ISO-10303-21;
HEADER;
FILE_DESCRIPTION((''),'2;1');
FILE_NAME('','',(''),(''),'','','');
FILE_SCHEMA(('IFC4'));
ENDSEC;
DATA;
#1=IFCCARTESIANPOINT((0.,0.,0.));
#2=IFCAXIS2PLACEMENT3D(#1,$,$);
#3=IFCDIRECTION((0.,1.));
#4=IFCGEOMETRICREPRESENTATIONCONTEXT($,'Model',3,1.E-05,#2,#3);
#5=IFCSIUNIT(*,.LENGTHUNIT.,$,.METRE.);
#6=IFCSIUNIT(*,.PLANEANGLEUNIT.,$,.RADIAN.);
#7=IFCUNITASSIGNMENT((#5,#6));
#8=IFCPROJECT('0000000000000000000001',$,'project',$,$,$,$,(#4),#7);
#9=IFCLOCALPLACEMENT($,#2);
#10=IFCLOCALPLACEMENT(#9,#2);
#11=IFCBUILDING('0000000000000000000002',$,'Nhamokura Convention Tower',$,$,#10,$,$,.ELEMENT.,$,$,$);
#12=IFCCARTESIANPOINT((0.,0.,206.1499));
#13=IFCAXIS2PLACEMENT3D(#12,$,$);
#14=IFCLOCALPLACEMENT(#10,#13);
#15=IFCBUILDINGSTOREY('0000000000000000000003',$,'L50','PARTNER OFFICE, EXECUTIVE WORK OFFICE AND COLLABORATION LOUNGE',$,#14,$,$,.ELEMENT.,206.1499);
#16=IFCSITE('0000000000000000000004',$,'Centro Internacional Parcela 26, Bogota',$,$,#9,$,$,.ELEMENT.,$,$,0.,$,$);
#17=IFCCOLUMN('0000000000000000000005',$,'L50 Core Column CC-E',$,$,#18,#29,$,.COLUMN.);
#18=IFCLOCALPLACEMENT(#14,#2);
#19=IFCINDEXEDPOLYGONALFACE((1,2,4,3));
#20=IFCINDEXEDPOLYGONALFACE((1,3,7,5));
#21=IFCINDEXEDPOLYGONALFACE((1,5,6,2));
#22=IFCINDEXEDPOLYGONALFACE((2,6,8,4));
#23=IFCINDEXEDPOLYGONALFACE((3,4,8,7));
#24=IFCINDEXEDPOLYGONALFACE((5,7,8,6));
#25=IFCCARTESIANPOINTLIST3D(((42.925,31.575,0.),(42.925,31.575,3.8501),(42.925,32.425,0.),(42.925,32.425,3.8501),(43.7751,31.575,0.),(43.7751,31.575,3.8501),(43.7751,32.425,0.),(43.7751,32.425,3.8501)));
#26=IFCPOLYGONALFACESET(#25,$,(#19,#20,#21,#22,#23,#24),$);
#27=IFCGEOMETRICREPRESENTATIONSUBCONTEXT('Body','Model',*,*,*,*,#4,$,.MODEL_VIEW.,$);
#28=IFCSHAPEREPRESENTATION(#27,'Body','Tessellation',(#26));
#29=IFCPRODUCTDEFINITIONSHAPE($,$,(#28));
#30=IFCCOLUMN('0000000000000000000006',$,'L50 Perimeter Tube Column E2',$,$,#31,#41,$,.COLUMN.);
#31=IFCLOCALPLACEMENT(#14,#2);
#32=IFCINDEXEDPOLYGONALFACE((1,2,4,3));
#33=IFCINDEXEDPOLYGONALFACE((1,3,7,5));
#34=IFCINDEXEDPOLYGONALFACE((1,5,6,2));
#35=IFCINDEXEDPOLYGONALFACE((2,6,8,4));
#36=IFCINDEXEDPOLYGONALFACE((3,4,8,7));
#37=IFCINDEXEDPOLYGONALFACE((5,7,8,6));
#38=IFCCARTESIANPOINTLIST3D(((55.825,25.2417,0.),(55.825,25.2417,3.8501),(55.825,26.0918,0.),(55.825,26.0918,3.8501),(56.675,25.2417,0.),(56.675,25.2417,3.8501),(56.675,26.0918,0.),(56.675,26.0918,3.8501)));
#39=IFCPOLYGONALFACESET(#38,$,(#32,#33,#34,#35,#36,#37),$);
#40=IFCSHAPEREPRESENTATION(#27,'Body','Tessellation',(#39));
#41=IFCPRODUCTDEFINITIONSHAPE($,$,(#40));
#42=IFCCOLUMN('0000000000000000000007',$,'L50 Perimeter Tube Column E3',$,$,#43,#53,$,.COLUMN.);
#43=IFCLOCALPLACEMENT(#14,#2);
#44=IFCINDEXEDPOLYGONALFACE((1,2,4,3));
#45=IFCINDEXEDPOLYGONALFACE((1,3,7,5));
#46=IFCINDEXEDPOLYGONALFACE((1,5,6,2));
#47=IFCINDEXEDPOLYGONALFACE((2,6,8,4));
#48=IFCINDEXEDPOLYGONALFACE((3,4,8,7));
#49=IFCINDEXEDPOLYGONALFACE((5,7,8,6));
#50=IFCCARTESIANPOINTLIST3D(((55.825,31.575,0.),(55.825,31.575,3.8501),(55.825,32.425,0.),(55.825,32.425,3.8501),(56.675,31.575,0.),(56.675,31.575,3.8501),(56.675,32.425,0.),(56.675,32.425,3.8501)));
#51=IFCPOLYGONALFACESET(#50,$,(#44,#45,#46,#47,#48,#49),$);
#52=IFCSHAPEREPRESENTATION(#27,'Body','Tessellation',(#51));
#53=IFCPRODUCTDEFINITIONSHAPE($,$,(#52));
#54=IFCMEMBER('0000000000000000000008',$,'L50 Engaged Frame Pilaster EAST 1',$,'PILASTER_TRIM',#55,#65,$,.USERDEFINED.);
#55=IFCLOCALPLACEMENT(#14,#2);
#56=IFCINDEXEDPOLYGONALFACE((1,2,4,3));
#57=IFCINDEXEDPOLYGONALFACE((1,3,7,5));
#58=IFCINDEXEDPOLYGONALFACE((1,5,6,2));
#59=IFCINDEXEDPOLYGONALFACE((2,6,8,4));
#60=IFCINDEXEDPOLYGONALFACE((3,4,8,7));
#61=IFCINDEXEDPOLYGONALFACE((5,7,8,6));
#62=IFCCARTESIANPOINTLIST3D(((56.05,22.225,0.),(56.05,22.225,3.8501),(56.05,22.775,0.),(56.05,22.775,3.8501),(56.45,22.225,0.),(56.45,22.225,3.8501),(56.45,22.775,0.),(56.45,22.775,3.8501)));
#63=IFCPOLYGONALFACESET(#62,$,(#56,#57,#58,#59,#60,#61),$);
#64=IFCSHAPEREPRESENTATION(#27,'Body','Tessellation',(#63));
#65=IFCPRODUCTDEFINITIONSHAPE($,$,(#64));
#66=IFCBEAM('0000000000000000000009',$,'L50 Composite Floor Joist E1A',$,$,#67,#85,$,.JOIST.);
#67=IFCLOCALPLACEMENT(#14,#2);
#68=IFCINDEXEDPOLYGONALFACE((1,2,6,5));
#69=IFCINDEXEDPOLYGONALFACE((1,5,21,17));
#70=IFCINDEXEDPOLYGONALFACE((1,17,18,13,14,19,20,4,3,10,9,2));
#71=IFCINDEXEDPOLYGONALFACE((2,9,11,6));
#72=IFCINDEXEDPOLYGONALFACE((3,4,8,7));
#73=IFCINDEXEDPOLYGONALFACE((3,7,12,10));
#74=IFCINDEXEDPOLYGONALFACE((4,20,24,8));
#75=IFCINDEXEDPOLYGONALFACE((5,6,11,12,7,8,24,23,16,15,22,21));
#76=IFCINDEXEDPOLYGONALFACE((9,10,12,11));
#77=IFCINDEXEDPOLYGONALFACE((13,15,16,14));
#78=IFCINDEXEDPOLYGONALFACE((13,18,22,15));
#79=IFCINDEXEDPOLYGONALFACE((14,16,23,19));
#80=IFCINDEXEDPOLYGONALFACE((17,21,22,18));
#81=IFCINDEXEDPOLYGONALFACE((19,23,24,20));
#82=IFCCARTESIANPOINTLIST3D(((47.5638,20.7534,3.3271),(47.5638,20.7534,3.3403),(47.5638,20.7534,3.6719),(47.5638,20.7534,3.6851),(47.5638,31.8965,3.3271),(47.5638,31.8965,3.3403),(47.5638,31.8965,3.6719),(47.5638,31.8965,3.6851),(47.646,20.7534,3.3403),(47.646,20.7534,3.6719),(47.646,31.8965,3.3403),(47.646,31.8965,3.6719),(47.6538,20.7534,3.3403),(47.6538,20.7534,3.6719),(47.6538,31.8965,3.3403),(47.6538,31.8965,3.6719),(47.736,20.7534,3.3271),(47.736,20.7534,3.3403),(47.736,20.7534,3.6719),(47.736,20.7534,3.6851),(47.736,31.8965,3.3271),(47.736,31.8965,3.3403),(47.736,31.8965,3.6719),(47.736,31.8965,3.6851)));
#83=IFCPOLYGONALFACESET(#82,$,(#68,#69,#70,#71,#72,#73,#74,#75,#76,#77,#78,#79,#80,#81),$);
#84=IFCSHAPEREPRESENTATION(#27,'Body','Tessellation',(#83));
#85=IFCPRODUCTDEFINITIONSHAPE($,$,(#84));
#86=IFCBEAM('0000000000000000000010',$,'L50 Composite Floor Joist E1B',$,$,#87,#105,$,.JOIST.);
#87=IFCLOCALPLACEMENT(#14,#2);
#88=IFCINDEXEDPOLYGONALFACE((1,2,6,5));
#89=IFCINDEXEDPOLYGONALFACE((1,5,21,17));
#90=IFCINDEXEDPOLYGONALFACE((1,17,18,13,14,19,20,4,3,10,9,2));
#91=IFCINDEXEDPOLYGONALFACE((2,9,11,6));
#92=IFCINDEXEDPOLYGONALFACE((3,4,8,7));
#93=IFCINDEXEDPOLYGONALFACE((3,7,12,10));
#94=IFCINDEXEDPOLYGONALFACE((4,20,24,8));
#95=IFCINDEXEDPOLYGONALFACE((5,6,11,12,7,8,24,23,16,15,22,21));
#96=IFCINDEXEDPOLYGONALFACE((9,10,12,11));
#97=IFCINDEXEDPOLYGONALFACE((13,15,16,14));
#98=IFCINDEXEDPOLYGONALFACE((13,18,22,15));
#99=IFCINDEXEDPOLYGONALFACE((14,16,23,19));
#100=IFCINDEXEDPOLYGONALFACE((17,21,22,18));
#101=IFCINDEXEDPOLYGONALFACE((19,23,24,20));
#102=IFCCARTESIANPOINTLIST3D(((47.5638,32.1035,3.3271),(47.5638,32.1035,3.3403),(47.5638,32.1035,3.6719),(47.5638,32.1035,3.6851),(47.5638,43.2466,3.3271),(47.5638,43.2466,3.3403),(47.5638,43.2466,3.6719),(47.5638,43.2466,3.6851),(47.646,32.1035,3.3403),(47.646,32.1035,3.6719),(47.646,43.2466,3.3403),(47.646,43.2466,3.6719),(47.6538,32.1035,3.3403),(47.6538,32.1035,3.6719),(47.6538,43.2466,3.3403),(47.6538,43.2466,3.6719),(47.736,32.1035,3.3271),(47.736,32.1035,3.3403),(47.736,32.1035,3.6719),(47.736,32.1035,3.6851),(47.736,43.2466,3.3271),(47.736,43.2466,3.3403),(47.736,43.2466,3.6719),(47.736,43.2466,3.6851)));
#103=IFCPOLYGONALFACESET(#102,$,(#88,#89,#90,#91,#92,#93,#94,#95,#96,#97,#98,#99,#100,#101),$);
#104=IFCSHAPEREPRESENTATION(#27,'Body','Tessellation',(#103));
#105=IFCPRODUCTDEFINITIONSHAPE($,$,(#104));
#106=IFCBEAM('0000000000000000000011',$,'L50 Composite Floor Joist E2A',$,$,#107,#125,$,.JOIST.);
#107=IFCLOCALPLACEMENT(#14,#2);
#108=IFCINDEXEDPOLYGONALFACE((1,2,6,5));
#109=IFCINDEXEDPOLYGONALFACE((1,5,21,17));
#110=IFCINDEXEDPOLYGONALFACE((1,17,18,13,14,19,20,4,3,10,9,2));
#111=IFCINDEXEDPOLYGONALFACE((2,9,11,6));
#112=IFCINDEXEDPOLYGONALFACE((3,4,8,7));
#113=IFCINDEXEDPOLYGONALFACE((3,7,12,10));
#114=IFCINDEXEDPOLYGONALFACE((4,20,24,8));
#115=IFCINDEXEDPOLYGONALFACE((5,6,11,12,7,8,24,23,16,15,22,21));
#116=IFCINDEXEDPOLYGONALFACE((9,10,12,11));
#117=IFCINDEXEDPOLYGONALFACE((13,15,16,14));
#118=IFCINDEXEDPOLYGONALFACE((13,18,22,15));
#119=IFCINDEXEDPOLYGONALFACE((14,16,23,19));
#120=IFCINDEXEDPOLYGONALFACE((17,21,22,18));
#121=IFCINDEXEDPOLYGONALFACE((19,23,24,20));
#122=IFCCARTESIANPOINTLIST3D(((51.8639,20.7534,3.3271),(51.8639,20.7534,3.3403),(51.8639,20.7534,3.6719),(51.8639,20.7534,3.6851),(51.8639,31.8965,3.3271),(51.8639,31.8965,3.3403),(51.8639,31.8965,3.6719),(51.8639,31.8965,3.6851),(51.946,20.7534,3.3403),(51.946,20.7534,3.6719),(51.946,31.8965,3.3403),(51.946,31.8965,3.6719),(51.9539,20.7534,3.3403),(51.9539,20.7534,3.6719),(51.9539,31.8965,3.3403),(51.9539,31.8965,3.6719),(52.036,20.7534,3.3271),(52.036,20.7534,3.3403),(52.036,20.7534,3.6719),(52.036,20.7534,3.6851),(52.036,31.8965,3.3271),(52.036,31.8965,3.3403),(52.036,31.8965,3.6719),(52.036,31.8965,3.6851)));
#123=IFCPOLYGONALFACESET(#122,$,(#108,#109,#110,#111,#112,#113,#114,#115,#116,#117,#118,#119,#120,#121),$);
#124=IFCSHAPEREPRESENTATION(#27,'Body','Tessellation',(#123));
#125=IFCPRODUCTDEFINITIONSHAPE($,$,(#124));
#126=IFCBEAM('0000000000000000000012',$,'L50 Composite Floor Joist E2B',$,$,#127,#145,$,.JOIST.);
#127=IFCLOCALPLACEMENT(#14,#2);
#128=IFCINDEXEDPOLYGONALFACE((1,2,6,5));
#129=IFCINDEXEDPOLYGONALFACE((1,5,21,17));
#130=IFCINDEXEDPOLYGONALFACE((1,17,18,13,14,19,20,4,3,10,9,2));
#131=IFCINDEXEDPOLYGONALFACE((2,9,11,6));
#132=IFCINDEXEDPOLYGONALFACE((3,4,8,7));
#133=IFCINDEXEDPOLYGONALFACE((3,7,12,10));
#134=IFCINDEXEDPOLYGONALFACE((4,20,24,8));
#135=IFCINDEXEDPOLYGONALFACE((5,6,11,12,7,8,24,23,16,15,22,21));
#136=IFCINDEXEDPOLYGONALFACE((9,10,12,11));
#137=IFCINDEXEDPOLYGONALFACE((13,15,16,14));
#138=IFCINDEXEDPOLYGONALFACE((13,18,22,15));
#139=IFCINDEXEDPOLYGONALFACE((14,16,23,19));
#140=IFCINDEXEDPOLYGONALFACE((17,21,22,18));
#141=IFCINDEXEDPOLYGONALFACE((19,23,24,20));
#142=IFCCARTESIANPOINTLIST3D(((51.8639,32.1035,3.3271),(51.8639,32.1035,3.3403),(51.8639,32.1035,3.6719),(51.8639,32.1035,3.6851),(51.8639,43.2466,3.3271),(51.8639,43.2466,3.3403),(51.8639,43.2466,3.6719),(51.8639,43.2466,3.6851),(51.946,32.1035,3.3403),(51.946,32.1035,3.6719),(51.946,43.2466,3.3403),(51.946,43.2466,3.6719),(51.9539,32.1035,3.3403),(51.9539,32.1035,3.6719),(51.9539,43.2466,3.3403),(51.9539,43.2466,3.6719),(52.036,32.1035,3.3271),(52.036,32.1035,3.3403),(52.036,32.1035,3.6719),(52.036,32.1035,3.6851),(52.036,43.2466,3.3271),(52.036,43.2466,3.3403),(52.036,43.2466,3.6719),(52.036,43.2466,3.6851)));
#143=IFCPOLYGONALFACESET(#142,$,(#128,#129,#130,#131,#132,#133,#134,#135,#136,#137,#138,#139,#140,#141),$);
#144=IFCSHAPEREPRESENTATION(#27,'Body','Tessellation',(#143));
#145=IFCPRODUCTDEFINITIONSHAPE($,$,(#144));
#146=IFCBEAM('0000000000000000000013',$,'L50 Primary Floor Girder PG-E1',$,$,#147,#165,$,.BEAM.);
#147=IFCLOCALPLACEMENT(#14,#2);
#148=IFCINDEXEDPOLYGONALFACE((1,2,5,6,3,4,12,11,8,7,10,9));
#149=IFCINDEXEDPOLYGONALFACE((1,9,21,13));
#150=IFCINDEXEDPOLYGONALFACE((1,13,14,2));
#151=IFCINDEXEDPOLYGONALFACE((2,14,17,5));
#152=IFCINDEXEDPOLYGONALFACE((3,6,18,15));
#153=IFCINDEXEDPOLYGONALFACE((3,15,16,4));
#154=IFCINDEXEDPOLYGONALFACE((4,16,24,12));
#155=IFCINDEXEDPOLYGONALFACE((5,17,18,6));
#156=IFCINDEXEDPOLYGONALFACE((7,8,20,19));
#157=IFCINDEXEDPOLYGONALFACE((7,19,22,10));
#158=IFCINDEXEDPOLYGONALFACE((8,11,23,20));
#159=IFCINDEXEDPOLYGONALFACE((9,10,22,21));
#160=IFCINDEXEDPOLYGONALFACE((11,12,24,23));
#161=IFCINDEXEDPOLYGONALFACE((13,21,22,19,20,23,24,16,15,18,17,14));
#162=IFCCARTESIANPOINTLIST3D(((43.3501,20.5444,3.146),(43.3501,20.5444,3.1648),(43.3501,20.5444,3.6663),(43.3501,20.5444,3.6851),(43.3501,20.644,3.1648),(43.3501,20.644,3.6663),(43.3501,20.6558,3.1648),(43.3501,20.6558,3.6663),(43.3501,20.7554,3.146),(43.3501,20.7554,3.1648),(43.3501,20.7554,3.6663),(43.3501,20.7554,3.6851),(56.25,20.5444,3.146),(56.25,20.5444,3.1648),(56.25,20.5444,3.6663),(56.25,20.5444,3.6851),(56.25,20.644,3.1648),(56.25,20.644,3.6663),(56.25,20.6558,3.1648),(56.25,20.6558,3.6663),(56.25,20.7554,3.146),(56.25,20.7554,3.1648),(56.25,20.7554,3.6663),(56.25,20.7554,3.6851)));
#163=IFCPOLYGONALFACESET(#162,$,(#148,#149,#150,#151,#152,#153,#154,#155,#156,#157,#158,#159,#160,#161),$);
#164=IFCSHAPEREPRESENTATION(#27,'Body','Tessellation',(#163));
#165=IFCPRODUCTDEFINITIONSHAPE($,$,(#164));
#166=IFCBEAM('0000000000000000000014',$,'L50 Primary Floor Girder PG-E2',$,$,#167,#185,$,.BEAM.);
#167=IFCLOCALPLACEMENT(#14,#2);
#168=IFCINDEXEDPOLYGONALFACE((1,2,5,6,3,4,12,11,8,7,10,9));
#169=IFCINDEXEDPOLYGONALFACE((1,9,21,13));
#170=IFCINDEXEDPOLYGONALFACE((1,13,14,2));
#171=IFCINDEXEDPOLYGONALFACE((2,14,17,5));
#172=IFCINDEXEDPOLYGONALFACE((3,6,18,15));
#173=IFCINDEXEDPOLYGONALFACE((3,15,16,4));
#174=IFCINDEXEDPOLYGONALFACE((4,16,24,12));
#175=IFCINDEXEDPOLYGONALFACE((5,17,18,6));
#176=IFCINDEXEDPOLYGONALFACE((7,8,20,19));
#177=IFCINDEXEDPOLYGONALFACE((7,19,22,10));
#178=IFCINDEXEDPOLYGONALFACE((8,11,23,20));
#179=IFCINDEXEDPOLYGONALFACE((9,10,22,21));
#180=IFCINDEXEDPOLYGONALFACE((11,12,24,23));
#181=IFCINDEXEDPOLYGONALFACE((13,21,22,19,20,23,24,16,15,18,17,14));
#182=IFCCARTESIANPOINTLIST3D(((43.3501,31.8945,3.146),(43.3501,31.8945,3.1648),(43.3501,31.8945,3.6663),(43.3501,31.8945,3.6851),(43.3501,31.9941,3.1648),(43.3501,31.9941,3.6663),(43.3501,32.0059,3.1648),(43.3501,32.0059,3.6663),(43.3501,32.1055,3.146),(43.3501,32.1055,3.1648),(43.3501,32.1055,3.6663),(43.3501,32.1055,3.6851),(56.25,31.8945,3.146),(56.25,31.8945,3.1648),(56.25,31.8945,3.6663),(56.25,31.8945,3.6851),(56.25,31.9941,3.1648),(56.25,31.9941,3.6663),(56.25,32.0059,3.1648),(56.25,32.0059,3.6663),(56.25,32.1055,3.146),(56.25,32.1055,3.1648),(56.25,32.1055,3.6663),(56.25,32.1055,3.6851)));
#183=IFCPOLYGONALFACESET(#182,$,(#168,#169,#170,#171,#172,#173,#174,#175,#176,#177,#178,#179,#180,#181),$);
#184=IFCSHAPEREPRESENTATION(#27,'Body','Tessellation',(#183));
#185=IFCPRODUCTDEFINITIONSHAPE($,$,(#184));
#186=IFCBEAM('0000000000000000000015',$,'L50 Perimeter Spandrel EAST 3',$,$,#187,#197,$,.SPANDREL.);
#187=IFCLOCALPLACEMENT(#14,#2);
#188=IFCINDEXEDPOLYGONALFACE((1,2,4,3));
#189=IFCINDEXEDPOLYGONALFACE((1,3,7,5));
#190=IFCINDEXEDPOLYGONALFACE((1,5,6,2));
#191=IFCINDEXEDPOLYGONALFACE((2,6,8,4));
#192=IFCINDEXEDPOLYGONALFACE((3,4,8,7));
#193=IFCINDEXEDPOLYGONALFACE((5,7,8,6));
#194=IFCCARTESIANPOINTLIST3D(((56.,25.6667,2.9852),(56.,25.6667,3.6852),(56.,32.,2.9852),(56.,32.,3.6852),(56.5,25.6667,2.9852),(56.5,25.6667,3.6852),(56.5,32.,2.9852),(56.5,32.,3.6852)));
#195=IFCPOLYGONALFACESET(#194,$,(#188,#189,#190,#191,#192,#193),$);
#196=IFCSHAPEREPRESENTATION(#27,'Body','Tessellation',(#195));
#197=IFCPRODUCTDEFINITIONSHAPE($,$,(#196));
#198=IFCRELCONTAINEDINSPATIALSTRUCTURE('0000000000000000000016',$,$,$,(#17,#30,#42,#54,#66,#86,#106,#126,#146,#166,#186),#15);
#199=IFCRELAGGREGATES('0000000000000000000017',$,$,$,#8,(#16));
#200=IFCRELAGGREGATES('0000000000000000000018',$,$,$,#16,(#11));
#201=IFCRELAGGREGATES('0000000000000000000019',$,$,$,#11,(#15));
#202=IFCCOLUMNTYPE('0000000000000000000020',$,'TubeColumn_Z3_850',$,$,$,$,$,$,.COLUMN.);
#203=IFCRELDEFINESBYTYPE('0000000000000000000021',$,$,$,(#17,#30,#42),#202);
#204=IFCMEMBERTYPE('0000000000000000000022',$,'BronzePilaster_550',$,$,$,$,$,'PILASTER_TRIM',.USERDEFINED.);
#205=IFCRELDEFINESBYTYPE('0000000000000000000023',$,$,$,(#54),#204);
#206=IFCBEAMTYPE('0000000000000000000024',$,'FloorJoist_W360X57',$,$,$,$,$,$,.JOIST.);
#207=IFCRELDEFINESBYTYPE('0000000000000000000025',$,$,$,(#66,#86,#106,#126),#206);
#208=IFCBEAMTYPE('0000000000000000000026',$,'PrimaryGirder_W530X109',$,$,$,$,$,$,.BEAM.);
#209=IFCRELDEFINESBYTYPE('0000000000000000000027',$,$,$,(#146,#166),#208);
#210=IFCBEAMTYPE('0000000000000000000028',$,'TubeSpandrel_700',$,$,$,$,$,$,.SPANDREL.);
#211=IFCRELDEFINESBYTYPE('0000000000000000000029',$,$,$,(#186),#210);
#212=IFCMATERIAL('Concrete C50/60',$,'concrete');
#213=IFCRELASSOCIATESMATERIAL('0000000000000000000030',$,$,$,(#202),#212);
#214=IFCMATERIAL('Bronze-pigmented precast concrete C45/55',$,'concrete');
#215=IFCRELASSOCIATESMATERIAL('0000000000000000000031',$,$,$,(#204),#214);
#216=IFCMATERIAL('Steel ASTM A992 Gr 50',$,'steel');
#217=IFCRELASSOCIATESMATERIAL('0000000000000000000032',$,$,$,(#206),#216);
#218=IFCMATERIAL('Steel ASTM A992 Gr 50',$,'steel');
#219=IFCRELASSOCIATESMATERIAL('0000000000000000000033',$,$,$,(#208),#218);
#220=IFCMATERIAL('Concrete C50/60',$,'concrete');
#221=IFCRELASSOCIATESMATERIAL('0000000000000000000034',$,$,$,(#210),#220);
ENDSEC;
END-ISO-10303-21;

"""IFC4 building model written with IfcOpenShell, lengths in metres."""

from ifc_helpers import new_model, si_unit, direction, frame, origin, origin_2d, place, context, subcontext, project, spatial, rectangle, i_section, extrude, material, material_profile, profile_set, type_object, element, save


model = new_model("IFC4")

# Units and contexts
model_context = context("Model", 3, precision=1e-05, world=origin(), true_north=direction((0.0, 1.0)))
body_context = subcontext(model_context, "Body", "Model", "MODEL_VIEW")
ifc_project = project(units=[si_unit("LENGTHUNIT", "METRE"), si_unit("PLANEANGLEUNIT", "RADIAN")], contexts=[model_context])

# Site, building, storey
site_placement = place(None, origin())
site = spatial("IfcSite", under=ifc_project, at=site_placement, Name="Centro Internacional Parcela 26, Bogota", CompositionType="ELEMENT", RefElevation=0.0)
building_placement = place(site_placement, origin())
building = spatial("IfcBuilding", under=site, at=building_placement, Name="Nhamokura Convention Tower", CompositionType="ELEMENT")
storey_placement = place(building_placement, frame((0.0, 0.0, 206.1499)))
storey = spatial("IfcBuildingStorey", under=building, at=storey_placement, Name="L50", Description="PARTNER OFFICE, EXECUTIVE WORK OFFICE AND COLLABORATION LOUNGE", CompositionType="ELEMENT", Elevation=206.1499)

# Columns
ifc_material_1 = material(Name="Concrete C50/60", Category="concrete")
ifc_material_profile_1 = material_profile(ifc_material_1, rectangle(XDim=0.8501, YDim=0.8501, at=origin_2d()))
ifc_profile_set_1 = profile_set([ifc_material_profile_1], Name="Concrete C50/60")
column_type = type_object("IfcColumnType", Name="TubeColumn_Z3_850", PredefinedType="COLUMN", material=ifc_profile_set_1)
for number, where, z_axis, x_axis, name in (
    (1, (43.3501, 32.0, 0.0), (0.0, 0.0, 1.0), (1.0, 0.0, 0.0), "L50 Core Column CC-E"),
    (2, (56.25, 25.6667, 0.0), (0.0, 0.0, 1.0), (1.0, 0.0, 0.0), "L50 Perimeter Tube Column E2"),
    (3, (56.25, 32.0, 0.0), (0.0, 0.0, 1.0), (1.0, 0.0, 0.0), "L50 Perimeter Tube Column E3"),
):
    element("IfcColumn", number, at=place(storey_placement, frame(where, z_axis=z_axis, x_axis=x_axis)), inside=storey, type_object=column_type, Name=name, PredefinedType="COLUMN", context=body_context, shape_type="SweptSolid", body=[
        extrude(rectangle(XDim=0.8501, YDim=0.8501, at=origin_2d()), origin(), (0.0, 0.0, 1.0), 3.8501),
    ])

# Member
ifc_material_2 = material(Name="Bronze-pigmented precast concrete C45/55", Category="concrete")
ifc_material_profile_2 = material_profile(ifc_material_2, rectangle(XDim=0.3999, YDim=0.55, at=origin_2d()))
ifc_profile_set_2 = profile_set([ifc_material_profile_2], Name="Bronze-pigmented precast concrete C45/55")
member_type = type_object("IfcMemberType", Name="BronzePilaster_550", ElementType="PILASTER_TRIM", PredefinedType="USERDEFINED", material=ifc_profile_set_2)
member_placement = place(storey_placement, frame((56.25, 22.5, 0.0), z_axis=(0.0, 0.0, 1.0), x_axis=(1.0, 0.0, 0.0)))
element("IfcMember", 4, at=member_placement, inside=storey, type_object=member_type, Name="L50 Engaged Frame Pilaster EAST 1", ObjectType="PILASTER_TRIM", PredefinedType="USERDEFINED", context=body_context, shape_type="SweptSolid", body=[
    extrude(rectangle(XDim=0.3999, YDim=0.55, at=origin_2d()), origin(), (0.0, 0.0, 1.0), 3.8501),
])

# Beams
ifc_material_3 = material(Name="Steel ASTM A992 Gr 50", Category="steel")
ifc_material_profile_3 = material_profile(ifc_material_3, i_section(OverallWidth=0.1721, OverallDepth=0.3579, WebThickness=0.0078, FlangeThickness=0.0132, at=origin_2d()))
ifc_profile_set_3 = profile_set([ifc_material_profile_3], Name="Steel ASTM A992 Gr 50")
beam_type_1 = type_object("IfcBeamType", Name="FloorJoist_W360X57", PredefinedType="JOIST", material=ifc_profile_set_3)
for number, where, z_axis, x_axis, name in (
    (5, (47.6499, 20.7534, 3.5061), (0.0, 1.0, 0.0), (-1.0, 0.0, 0.0), "L50 Composite Floor Joist E1A"),
    (6, (47.6499, 32.1035, 3.5061), (0.0, 1.0, 0.0), (-1.0, 0.0, 0.0), "L50 Composite Floor Joist E1B"),
    (7, (51.95, 20.7534, 3.5061), (0.0, 1.0, 0.0), (-1.0, 0.0, 0.0), "L50 Composite Floor Joist E2A"),
    (8, (51.95, 32.1035, 3.5061), (0.0, 1.0, 0.0), (-1.0, 0.0, 0.0), "L50 Composite Floor Joist E2B"),
):
    element("IfcBeam", number, at=place(storey_placement, frame(where, z_axis=z_axis, x_axis=x_axis)), inside=storey, type_object=beam_type_1, Name=name, PredefinedType="JOIST", context=body_context, shape_type="SweptSolid", body=[
        extrude(i_section(OverallWidth=0.1721, OverallDepth=0.3579, WebThickness=0.0078, FlangeThickness=0.0132, at=origin_2d()), origin(), (0.0, 0.0, 1.0), 11.1431),
    ])
ifc_material_4 = material(Name="Steel ASTM A992 Gr 50", Category="steel")
ifc_material_profile_4 = material_profile(ifc_material_4, i_section(OverallWidth=0.2109, OverallDepth=0.5391, WebThickness=0.0117, FlangeThickness=0.0188, at=origin_2d()))
ifc_profile_set_4 = profile_set([ifc_material_profile_4], Name="Steel ASTM A992 Gr 50")
beam_type_2 = type_object("IfcBeamType", Name="PrimaryGirder_W530X109", PredefinedType="BEAM", material=ifc_profile_set_4)
for number, where, z_axis, x_axis, name in (
    (9, (43.3501, 20.6499, 3.4155), (1.0, 0.0, 0.0), (0.0, 1.0, 0.0), "L50 Primary Floor Girder PG-E1"),
    (10, (43.3501, 32.0, 3.4155), (1.0, 0.0, 0.0), (0.0, 1.0, 0.0), "L50 Primary Floor Girder PG-E2"),
):
    element("IfcBeam", number, at=place(storey_placement, frame(where, z_axis=z_axis, x_axis=x_axis)), inside=storey, type_object=beam_type_2, Name=name, PredefinedType="BEAM", context=body_context, shape_type="SweptSolid", body=[
        extrude(i_section(OverallWidth=0.2109, OverallDepth=0.5391, WebThickness=0.0117, FlangeThickness=0.0188, at=origin_2d()), origin(), (0.0, 0.0, 1.0), 12.8999),
    ])
ifc_material_5 = material(Name="Concrete C50/60", Category="concrete")
ifc_material_profile_5 = material_profile(ifc_material_5, rectangle(XDim=0.5, YDim=0.7, at=origin_2d()))
ifc_profile_set_5 = profile_set([ifc_material_profile_5], Name="Concrete C50/60")
beam_type_3 = type_object("IfcBeamType", Name="TubeSpandrel_700", PredefinedType="SPANDREL", material=ifc_profile_set_5)
for number, where, z_axis, x_axis, name in (
    (11, (56.25, 25.6667, 3.3352), (0.0, 1.0, 0.0), (-1.0, 0.0, 0.0), "L50 Perimeter Spandrel EAST 3"),
):
    element("IfcBeam", number, at=place(storey_placement, frame(where, z_axis=z_axis, x_axis=x_axis)), inside=storey, type_object=beam_type_3, Name=name, PredefinedType="SPANDREL", context=body_context, shape_type="SweptSolid", body=[
        extrude(rectangle(XDim=0.5, YDim=0.7, at=origin_2d()), origin(), (0.0, 0.0, 1.0), 6.3333),
    ])

save(model, "model.ifc")
